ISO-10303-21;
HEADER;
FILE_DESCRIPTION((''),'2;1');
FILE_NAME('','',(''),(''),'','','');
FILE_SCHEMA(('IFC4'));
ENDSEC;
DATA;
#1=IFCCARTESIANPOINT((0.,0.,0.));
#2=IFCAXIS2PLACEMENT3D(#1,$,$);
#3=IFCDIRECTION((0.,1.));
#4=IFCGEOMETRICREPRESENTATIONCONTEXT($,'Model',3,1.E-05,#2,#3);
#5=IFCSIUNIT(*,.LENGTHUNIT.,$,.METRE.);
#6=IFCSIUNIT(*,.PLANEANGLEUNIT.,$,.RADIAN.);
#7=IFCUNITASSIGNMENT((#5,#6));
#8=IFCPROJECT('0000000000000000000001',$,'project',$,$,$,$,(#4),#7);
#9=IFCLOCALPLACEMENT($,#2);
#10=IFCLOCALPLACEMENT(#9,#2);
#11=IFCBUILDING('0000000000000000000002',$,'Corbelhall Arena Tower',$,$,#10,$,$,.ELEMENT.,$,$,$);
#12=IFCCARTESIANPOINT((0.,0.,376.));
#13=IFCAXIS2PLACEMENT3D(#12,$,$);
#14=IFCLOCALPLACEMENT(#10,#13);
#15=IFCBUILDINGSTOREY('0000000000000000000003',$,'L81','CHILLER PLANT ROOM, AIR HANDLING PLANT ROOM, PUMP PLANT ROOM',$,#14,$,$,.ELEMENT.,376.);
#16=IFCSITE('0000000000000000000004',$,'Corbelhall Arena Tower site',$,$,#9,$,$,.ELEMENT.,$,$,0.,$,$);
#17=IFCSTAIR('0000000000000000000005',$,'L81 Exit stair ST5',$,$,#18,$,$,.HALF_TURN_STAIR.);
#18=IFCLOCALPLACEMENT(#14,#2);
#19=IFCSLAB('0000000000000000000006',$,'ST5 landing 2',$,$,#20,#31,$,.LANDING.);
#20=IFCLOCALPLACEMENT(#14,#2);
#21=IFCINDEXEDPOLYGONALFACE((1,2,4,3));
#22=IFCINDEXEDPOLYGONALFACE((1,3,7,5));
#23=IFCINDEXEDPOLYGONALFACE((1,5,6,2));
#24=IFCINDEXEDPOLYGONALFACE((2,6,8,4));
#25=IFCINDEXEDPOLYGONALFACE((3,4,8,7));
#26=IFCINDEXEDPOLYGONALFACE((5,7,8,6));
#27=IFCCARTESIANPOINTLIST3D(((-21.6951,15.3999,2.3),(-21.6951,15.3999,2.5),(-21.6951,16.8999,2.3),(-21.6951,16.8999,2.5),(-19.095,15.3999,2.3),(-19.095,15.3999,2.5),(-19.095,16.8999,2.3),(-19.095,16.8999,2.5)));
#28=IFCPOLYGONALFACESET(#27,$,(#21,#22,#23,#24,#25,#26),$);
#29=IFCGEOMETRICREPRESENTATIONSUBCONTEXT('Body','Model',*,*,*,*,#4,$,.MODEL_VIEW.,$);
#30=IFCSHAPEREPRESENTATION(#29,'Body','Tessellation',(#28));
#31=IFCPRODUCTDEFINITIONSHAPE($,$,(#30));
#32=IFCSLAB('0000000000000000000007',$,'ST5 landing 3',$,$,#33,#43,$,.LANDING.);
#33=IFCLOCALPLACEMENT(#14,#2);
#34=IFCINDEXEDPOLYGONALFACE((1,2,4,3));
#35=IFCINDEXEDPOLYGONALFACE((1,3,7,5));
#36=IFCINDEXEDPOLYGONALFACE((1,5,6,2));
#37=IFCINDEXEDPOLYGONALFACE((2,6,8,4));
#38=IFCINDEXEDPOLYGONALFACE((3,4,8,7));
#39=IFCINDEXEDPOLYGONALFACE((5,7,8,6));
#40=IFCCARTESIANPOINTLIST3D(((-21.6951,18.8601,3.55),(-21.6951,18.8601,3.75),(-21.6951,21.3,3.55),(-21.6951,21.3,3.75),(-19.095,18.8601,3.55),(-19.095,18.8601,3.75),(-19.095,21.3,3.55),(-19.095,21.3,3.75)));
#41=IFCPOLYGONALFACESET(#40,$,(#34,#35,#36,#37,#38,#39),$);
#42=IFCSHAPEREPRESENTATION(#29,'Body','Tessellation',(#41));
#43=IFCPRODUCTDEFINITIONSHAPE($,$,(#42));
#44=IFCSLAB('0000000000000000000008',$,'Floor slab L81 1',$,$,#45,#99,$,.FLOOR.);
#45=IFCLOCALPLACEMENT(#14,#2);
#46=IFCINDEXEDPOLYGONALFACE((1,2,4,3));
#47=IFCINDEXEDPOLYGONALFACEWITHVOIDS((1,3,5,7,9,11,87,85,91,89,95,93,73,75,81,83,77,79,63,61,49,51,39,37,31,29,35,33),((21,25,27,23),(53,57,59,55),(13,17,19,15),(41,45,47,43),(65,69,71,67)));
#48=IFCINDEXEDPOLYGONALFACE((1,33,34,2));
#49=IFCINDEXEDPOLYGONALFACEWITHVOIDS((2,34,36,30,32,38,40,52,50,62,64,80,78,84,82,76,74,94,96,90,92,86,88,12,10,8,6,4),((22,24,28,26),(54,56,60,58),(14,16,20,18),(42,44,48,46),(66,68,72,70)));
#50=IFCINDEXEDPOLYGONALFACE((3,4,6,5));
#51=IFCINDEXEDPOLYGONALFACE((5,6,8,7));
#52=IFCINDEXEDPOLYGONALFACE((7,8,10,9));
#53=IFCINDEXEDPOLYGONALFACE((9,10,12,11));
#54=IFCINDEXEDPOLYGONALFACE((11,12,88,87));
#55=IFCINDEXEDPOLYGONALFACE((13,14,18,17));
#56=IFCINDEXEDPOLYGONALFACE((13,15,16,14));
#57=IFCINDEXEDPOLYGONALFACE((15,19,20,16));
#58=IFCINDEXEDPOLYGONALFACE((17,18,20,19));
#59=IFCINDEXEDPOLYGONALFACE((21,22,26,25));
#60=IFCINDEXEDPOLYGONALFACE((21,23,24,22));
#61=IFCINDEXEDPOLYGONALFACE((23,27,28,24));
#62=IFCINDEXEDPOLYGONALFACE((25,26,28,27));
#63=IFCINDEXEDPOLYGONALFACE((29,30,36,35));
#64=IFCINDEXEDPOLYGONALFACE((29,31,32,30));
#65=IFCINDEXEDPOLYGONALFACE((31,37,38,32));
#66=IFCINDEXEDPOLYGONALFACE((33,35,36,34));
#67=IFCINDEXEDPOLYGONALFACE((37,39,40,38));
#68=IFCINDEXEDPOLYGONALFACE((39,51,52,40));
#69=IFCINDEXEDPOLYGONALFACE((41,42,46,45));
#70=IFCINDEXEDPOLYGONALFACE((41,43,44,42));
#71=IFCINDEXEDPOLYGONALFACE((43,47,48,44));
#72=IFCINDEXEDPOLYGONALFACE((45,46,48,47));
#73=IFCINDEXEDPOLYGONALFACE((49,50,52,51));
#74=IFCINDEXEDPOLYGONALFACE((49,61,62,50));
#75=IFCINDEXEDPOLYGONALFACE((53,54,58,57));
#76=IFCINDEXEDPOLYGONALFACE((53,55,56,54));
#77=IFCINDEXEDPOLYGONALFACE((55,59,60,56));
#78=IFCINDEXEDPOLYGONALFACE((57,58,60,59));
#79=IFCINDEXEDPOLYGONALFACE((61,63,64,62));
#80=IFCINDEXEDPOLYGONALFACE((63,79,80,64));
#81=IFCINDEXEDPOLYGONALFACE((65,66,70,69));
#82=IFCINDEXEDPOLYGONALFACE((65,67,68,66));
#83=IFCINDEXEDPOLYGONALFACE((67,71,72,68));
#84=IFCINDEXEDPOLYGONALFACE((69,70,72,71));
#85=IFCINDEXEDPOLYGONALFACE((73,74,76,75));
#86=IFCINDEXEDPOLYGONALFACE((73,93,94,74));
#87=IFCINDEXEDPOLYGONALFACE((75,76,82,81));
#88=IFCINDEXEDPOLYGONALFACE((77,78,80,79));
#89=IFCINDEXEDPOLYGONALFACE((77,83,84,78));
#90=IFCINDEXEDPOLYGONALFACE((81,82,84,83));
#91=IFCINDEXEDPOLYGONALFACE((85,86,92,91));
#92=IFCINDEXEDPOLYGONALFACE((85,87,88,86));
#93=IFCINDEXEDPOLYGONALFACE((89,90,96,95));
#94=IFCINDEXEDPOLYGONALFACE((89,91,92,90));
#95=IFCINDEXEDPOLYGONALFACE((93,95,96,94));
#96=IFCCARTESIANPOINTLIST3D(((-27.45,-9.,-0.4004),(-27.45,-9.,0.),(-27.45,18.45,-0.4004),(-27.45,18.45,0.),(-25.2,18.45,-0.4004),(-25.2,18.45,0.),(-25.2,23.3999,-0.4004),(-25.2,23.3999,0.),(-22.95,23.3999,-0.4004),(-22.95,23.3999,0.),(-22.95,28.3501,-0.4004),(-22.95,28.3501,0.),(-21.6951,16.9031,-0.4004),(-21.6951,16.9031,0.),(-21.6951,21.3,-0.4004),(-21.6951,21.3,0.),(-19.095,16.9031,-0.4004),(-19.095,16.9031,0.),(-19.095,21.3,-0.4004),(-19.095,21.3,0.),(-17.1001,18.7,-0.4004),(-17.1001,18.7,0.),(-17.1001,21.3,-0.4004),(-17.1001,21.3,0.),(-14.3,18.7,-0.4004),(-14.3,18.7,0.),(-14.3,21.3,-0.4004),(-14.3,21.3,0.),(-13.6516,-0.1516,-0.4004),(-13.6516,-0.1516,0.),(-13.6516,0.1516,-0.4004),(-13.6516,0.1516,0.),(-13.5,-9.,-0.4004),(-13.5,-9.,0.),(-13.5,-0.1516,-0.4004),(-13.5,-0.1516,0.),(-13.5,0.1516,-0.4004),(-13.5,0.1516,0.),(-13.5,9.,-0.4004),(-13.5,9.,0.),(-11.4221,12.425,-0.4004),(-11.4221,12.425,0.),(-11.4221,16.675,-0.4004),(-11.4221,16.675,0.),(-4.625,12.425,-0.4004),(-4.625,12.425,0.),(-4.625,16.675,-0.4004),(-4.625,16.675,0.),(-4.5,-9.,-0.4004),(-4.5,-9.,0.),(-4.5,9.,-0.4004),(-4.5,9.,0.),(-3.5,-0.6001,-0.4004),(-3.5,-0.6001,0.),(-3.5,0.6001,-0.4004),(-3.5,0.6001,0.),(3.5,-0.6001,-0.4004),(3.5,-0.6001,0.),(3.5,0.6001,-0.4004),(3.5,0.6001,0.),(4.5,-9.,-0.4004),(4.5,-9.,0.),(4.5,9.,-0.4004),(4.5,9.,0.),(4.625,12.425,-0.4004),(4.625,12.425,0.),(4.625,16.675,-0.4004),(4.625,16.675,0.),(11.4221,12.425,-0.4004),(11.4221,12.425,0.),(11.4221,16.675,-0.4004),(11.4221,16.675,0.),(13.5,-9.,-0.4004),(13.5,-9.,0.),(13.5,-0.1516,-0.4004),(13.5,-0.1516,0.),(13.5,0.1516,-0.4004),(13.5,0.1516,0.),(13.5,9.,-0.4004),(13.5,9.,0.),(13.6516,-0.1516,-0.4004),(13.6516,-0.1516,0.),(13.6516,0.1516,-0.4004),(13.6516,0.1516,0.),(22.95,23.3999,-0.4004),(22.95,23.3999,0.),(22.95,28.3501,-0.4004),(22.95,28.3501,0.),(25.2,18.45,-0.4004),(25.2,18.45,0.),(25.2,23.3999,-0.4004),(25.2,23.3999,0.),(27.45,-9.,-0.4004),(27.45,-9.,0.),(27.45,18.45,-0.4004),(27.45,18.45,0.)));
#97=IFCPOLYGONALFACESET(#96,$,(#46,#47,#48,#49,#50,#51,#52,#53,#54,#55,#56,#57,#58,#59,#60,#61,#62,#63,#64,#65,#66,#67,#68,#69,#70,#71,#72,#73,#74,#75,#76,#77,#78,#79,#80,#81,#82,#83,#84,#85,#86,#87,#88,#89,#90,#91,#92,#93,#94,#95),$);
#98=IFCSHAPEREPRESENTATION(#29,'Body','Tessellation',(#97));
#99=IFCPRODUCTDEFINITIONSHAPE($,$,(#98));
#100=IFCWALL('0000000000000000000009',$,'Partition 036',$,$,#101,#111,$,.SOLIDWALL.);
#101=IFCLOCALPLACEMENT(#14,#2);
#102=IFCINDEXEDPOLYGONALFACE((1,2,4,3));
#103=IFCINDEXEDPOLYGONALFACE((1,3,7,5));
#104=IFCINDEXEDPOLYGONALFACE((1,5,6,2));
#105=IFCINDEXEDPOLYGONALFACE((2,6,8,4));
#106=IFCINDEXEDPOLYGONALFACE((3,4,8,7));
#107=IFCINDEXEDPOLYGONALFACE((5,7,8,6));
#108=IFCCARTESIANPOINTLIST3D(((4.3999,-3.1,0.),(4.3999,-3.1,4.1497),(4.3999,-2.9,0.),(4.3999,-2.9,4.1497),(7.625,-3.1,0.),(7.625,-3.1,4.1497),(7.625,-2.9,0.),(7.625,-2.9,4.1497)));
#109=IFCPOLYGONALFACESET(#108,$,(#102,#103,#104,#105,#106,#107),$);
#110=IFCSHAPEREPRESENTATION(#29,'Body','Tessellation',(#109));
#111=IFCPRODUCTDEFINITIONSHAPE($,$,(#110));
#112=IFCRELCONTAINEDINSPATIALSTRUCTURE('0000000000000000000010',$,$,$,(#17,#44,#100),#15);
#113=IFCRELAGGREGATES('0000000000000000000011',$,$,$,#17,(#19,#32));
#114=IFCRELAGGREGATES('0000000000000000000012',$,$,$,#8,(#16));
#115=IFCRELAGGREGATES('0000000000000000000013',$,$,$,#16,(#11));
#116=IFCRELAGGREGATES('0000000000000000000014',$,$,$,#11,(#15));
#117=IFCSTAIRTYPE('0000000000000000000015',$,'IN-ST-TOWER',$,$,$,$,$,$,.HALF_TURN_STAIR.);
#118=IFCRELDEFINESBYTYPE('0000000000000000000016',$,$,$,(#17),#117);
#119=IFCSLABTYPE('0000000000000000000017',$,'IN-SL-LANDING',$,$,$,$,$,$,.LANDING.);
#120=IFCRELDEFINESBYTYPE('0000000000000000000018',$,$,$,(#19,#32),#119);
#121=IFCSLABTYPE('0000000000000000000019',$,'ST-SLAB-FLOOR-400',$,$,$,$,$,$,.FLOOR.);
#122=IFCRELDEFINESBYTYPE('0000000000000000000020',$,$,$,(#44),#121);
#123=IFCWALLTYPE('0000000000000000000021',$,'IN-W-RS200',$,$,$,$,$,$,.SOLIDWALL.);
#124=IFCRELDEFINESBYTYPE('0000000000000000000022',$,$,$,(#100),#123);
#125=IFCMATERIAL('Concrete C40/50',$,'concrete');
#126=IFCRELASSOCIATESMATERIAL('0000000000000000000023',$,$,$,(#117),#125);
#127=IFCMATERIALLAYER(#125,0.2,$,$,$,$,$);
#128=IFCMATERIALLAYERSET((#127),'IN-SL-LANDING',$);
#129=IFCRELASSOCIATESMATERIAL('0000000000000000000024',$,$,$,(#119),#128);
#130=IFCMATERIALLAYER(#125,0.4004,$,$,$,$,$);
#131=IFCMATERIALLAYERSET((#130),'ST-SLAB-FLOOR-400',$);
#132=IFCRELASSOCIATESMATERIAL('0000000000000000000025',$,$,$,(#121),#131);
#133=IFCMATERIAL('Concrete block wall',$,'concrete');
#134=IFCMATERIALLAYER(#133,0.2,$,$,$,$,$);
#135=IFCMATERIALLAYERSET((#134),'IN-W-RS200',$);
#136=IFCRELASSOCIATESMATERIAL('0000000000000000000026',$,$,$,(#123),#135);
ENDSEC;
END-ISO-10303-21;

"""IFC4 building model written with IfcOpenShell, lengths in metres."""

from ifc_helpers import new_model, si_unit, direction, frame, frame_2d, origin, place, context, subcontext, project, spatial, polyline, rectangle, outline, extrude, material, layer, layer_set, type_object, element, aggregate, save


model = new_model("IFC4")

# Units and contexts
model_context = context("Model", 3, precision=1e-05, world=origin(), true_north=direction((0.0, 1.0)))
body_context = subcontext(model_context, "Body", "Model", "MODEL_VIEW")
ifc_project = project(units=[si_unit("LENGTHUNIT", "METRE"), si_unit("PLANEANGLEUNIT", "RADIAN")], contexts=[model_context])

# Site, building, storey
site_placement = place(None, origin())
site = spatial("IfcSite", under=ifc_project, at=site_placement, Name="Corbelhall Arena Tower site", CompositionType="ELEMENT", RefElevation=0.0)
building_placement = place(site_placement, origin())
building = spatial("IfcBuilding", under=site, at=building_placement, Name="Corbelhall Arena Tower", CompositionType="ELEMENT")
storey_placement = place(building_placement, frame((0.0, 0.0, 376.0)))
storey = spatial("IfcBuildingStorey", under=building, at=storey_placement, Name="L81", Description="CHILLER PLANT ROOM, AIR HANDLING PLANT ROOM, PUMP PLANT ROOM", CompositionType="ELEMENT", Elevation=376.0)

# Shared definitions
ifc_material_1 = material(Name="Concrete C40/50", Category="concrete")

# Shared definitions
stair_type = type_object("IfcStairType", Name="IN-ST-TOWER", PredefinedType="HALF_TURN_STAIR", material=ifc_material_1)
ifc_layer_1 = layer(ifc_material_1, 0.2)
ifc_layer_set_1 = layer_set([ifc_layer_1], Name="IN-SL-LANDING")
slab_type_1 = type_object("IfcSlabType", Name="IN-SL-LANDING", PredefinedType="LANDING", material=ifc_layer_set_1)

# Stair, slabs
stair_1_placement = place(storey_placement, origin())
stair_1 = element("IfcStair", 1, at=stair_1_placement, inside=storey, type_object=stair_type, Name="L81 Exit stair ST5", PredefinedType="HALF_TURN_STAIR")
slab_1_placement = place(storey_placement, frame((0.0, 0.0, 2.3)))
slab_1 = element("IfcSlab", 2, at=slab_1_placement, type_object=slab_type_1, Name="ST5 landing 2", PredefinedType="LANDING", context=body_context, shape_type="SweptSolid", body=[
    extrude(outline(polyline([(-19.095, 15.3999), (-19.095, 16.8999), (-21.6951, 16.8999), (-21.6951, 15.3999), (-19.095, 15.3999)])), origin(), (0.0, 0.0, 1.0), 0.2),
])
slab_2_placement = place(storey_placement, frame((0.0, 0.0, 3.55)))
slab_2 = element("IfcSlab", 3, at=slab_2_placement, type_object=slab_type_1, Name="ST5 landing 3", PredefinedType="LANDING", context=body_context, shape_type="SweptSolid", body=[
    extrude(outline(polyline([(-19.095, 18.8601), (-19.095, 21.3), (-21.6951, 21.3), (-21.6951, 18.8601), (-19.095, 18.8601)])), origin(), (0.0, 0.0, 1.0), 0.2),
])
aggregate(stair_1, [slab_1, slab_2])

# Slab
ifc_layer_2 = layer(ifc_material_1, 0.4004)
ifc_layer_set_2 = layer_set([ifc_layer_2], Name="ST-SLAB-FLOOR-400")
slab_type_2 = type_object("IfcSlabType", Name="ST-SLAB-FLOOR-400", PredefinedType="FLOOR", material=ifc_layer_set_2)
slab_3_placement = place(storey_placement, frame((0.0, 0.0, -0.4004)))
element("IfcSlab", 4, at=slab_3_placement, inside=storey, type_object=slab_type_2, Name="Floor slab L81 1", PredefinedType="FLOOR", context=body_context, shape_type="SweptSolid", body=[
    extrude(outline(polyline([(27.45, -9.0), (27.45, 18.45), (25.2, 18.45), (25.2, 23.3999), (22.95, 23.3999), (22.95, 28.3501), (-22.95, 28.3501), (-22.95, 23.3999), (-25.2, 23.3999), (-25.2, 18.45), (-27.45, 18.45), (-27.45, -9.0), (-13.5, -9.0), (-13.5, -0.1516), (-13.6516, -0.1516), (-13.6516, 0.1516), (-13.5, 0.1516), (-13.5, 9.0), (-4.5, 9.0), (-4.5, -9.0), (4.5, -9.0), (4.5, 9.0), (13.5, 9.0), (13.5, 0.1516), (13.6516, 0.1516), (13.6516, -0.1516), (13.5, -0.1516), (13.5, -9.0), (27.45, -9.0)]), holes=[polyline([(-3.5, -0.6001), (3.5, -0.6001), (3.5, 0.6001), (-3.5, 0.6001), (-3.5, -0.6001)]), polyline([(-11.4221, 12.425), (-4.625, 12.425), (-4.625, 16.675), (-11.4221, 16.675), (-11.4221, 12.425)]), polyline([(11.4221, 12.425), (11.4221, 16.675), (4.625, 16.675), (4.625, 12.425), (11.4221, 12.425)]), polyline([(-21.6951, 21.3), (-21.6951, 16.9031), (-19.095, 16.9031), (-19.095, 21.3), (-21.6951, 21.3)]), polyline([(-14.3, 21.3), (-17.1001, 21.3), (-17.1001, 18.7), (-14.3, 18.7), (-14.3, 21.3)])]), origin(), (0.0, 0.0, 1.0), 0.4004),
])

# Wall
ifc_material_2 = material(Name="Concrete block wall", Category="concrete")
ifc_layer_3 = layer(ifc_material_2, 0.2)
ifc_layer_set_3 = layer_set([ifc_layer_3], Name="IN-W-RS200")
wall_type_1 = type_object("IfcWallType", Name="IN-W-RS200", PredefinedType="SOLIDWALL", material=ifc_layer_set_3)
wall_1_placement = place(storey_placement, frame((4.3999, -3.0, 0.0), z_axis=(0.0, 0.0, 1.0), x_axis=(1.0, 0.0, 0.0)))
element("IfcWall", 5, at=wall_1_placement, inside=storey, type_object=wall_type_1, Name="Partition 036", PredefinedType="SOLIDWALL", context=body_context, shape_type="SweptSolid", body=[
    extrude(rectangle(XDim=3.2251, YDim=0.2, at=frame_2d((1.6125, 0.0))), origin(), (0.0, 0.0, 1.0), 4.1497),
])

save(model, "model.ifc")
